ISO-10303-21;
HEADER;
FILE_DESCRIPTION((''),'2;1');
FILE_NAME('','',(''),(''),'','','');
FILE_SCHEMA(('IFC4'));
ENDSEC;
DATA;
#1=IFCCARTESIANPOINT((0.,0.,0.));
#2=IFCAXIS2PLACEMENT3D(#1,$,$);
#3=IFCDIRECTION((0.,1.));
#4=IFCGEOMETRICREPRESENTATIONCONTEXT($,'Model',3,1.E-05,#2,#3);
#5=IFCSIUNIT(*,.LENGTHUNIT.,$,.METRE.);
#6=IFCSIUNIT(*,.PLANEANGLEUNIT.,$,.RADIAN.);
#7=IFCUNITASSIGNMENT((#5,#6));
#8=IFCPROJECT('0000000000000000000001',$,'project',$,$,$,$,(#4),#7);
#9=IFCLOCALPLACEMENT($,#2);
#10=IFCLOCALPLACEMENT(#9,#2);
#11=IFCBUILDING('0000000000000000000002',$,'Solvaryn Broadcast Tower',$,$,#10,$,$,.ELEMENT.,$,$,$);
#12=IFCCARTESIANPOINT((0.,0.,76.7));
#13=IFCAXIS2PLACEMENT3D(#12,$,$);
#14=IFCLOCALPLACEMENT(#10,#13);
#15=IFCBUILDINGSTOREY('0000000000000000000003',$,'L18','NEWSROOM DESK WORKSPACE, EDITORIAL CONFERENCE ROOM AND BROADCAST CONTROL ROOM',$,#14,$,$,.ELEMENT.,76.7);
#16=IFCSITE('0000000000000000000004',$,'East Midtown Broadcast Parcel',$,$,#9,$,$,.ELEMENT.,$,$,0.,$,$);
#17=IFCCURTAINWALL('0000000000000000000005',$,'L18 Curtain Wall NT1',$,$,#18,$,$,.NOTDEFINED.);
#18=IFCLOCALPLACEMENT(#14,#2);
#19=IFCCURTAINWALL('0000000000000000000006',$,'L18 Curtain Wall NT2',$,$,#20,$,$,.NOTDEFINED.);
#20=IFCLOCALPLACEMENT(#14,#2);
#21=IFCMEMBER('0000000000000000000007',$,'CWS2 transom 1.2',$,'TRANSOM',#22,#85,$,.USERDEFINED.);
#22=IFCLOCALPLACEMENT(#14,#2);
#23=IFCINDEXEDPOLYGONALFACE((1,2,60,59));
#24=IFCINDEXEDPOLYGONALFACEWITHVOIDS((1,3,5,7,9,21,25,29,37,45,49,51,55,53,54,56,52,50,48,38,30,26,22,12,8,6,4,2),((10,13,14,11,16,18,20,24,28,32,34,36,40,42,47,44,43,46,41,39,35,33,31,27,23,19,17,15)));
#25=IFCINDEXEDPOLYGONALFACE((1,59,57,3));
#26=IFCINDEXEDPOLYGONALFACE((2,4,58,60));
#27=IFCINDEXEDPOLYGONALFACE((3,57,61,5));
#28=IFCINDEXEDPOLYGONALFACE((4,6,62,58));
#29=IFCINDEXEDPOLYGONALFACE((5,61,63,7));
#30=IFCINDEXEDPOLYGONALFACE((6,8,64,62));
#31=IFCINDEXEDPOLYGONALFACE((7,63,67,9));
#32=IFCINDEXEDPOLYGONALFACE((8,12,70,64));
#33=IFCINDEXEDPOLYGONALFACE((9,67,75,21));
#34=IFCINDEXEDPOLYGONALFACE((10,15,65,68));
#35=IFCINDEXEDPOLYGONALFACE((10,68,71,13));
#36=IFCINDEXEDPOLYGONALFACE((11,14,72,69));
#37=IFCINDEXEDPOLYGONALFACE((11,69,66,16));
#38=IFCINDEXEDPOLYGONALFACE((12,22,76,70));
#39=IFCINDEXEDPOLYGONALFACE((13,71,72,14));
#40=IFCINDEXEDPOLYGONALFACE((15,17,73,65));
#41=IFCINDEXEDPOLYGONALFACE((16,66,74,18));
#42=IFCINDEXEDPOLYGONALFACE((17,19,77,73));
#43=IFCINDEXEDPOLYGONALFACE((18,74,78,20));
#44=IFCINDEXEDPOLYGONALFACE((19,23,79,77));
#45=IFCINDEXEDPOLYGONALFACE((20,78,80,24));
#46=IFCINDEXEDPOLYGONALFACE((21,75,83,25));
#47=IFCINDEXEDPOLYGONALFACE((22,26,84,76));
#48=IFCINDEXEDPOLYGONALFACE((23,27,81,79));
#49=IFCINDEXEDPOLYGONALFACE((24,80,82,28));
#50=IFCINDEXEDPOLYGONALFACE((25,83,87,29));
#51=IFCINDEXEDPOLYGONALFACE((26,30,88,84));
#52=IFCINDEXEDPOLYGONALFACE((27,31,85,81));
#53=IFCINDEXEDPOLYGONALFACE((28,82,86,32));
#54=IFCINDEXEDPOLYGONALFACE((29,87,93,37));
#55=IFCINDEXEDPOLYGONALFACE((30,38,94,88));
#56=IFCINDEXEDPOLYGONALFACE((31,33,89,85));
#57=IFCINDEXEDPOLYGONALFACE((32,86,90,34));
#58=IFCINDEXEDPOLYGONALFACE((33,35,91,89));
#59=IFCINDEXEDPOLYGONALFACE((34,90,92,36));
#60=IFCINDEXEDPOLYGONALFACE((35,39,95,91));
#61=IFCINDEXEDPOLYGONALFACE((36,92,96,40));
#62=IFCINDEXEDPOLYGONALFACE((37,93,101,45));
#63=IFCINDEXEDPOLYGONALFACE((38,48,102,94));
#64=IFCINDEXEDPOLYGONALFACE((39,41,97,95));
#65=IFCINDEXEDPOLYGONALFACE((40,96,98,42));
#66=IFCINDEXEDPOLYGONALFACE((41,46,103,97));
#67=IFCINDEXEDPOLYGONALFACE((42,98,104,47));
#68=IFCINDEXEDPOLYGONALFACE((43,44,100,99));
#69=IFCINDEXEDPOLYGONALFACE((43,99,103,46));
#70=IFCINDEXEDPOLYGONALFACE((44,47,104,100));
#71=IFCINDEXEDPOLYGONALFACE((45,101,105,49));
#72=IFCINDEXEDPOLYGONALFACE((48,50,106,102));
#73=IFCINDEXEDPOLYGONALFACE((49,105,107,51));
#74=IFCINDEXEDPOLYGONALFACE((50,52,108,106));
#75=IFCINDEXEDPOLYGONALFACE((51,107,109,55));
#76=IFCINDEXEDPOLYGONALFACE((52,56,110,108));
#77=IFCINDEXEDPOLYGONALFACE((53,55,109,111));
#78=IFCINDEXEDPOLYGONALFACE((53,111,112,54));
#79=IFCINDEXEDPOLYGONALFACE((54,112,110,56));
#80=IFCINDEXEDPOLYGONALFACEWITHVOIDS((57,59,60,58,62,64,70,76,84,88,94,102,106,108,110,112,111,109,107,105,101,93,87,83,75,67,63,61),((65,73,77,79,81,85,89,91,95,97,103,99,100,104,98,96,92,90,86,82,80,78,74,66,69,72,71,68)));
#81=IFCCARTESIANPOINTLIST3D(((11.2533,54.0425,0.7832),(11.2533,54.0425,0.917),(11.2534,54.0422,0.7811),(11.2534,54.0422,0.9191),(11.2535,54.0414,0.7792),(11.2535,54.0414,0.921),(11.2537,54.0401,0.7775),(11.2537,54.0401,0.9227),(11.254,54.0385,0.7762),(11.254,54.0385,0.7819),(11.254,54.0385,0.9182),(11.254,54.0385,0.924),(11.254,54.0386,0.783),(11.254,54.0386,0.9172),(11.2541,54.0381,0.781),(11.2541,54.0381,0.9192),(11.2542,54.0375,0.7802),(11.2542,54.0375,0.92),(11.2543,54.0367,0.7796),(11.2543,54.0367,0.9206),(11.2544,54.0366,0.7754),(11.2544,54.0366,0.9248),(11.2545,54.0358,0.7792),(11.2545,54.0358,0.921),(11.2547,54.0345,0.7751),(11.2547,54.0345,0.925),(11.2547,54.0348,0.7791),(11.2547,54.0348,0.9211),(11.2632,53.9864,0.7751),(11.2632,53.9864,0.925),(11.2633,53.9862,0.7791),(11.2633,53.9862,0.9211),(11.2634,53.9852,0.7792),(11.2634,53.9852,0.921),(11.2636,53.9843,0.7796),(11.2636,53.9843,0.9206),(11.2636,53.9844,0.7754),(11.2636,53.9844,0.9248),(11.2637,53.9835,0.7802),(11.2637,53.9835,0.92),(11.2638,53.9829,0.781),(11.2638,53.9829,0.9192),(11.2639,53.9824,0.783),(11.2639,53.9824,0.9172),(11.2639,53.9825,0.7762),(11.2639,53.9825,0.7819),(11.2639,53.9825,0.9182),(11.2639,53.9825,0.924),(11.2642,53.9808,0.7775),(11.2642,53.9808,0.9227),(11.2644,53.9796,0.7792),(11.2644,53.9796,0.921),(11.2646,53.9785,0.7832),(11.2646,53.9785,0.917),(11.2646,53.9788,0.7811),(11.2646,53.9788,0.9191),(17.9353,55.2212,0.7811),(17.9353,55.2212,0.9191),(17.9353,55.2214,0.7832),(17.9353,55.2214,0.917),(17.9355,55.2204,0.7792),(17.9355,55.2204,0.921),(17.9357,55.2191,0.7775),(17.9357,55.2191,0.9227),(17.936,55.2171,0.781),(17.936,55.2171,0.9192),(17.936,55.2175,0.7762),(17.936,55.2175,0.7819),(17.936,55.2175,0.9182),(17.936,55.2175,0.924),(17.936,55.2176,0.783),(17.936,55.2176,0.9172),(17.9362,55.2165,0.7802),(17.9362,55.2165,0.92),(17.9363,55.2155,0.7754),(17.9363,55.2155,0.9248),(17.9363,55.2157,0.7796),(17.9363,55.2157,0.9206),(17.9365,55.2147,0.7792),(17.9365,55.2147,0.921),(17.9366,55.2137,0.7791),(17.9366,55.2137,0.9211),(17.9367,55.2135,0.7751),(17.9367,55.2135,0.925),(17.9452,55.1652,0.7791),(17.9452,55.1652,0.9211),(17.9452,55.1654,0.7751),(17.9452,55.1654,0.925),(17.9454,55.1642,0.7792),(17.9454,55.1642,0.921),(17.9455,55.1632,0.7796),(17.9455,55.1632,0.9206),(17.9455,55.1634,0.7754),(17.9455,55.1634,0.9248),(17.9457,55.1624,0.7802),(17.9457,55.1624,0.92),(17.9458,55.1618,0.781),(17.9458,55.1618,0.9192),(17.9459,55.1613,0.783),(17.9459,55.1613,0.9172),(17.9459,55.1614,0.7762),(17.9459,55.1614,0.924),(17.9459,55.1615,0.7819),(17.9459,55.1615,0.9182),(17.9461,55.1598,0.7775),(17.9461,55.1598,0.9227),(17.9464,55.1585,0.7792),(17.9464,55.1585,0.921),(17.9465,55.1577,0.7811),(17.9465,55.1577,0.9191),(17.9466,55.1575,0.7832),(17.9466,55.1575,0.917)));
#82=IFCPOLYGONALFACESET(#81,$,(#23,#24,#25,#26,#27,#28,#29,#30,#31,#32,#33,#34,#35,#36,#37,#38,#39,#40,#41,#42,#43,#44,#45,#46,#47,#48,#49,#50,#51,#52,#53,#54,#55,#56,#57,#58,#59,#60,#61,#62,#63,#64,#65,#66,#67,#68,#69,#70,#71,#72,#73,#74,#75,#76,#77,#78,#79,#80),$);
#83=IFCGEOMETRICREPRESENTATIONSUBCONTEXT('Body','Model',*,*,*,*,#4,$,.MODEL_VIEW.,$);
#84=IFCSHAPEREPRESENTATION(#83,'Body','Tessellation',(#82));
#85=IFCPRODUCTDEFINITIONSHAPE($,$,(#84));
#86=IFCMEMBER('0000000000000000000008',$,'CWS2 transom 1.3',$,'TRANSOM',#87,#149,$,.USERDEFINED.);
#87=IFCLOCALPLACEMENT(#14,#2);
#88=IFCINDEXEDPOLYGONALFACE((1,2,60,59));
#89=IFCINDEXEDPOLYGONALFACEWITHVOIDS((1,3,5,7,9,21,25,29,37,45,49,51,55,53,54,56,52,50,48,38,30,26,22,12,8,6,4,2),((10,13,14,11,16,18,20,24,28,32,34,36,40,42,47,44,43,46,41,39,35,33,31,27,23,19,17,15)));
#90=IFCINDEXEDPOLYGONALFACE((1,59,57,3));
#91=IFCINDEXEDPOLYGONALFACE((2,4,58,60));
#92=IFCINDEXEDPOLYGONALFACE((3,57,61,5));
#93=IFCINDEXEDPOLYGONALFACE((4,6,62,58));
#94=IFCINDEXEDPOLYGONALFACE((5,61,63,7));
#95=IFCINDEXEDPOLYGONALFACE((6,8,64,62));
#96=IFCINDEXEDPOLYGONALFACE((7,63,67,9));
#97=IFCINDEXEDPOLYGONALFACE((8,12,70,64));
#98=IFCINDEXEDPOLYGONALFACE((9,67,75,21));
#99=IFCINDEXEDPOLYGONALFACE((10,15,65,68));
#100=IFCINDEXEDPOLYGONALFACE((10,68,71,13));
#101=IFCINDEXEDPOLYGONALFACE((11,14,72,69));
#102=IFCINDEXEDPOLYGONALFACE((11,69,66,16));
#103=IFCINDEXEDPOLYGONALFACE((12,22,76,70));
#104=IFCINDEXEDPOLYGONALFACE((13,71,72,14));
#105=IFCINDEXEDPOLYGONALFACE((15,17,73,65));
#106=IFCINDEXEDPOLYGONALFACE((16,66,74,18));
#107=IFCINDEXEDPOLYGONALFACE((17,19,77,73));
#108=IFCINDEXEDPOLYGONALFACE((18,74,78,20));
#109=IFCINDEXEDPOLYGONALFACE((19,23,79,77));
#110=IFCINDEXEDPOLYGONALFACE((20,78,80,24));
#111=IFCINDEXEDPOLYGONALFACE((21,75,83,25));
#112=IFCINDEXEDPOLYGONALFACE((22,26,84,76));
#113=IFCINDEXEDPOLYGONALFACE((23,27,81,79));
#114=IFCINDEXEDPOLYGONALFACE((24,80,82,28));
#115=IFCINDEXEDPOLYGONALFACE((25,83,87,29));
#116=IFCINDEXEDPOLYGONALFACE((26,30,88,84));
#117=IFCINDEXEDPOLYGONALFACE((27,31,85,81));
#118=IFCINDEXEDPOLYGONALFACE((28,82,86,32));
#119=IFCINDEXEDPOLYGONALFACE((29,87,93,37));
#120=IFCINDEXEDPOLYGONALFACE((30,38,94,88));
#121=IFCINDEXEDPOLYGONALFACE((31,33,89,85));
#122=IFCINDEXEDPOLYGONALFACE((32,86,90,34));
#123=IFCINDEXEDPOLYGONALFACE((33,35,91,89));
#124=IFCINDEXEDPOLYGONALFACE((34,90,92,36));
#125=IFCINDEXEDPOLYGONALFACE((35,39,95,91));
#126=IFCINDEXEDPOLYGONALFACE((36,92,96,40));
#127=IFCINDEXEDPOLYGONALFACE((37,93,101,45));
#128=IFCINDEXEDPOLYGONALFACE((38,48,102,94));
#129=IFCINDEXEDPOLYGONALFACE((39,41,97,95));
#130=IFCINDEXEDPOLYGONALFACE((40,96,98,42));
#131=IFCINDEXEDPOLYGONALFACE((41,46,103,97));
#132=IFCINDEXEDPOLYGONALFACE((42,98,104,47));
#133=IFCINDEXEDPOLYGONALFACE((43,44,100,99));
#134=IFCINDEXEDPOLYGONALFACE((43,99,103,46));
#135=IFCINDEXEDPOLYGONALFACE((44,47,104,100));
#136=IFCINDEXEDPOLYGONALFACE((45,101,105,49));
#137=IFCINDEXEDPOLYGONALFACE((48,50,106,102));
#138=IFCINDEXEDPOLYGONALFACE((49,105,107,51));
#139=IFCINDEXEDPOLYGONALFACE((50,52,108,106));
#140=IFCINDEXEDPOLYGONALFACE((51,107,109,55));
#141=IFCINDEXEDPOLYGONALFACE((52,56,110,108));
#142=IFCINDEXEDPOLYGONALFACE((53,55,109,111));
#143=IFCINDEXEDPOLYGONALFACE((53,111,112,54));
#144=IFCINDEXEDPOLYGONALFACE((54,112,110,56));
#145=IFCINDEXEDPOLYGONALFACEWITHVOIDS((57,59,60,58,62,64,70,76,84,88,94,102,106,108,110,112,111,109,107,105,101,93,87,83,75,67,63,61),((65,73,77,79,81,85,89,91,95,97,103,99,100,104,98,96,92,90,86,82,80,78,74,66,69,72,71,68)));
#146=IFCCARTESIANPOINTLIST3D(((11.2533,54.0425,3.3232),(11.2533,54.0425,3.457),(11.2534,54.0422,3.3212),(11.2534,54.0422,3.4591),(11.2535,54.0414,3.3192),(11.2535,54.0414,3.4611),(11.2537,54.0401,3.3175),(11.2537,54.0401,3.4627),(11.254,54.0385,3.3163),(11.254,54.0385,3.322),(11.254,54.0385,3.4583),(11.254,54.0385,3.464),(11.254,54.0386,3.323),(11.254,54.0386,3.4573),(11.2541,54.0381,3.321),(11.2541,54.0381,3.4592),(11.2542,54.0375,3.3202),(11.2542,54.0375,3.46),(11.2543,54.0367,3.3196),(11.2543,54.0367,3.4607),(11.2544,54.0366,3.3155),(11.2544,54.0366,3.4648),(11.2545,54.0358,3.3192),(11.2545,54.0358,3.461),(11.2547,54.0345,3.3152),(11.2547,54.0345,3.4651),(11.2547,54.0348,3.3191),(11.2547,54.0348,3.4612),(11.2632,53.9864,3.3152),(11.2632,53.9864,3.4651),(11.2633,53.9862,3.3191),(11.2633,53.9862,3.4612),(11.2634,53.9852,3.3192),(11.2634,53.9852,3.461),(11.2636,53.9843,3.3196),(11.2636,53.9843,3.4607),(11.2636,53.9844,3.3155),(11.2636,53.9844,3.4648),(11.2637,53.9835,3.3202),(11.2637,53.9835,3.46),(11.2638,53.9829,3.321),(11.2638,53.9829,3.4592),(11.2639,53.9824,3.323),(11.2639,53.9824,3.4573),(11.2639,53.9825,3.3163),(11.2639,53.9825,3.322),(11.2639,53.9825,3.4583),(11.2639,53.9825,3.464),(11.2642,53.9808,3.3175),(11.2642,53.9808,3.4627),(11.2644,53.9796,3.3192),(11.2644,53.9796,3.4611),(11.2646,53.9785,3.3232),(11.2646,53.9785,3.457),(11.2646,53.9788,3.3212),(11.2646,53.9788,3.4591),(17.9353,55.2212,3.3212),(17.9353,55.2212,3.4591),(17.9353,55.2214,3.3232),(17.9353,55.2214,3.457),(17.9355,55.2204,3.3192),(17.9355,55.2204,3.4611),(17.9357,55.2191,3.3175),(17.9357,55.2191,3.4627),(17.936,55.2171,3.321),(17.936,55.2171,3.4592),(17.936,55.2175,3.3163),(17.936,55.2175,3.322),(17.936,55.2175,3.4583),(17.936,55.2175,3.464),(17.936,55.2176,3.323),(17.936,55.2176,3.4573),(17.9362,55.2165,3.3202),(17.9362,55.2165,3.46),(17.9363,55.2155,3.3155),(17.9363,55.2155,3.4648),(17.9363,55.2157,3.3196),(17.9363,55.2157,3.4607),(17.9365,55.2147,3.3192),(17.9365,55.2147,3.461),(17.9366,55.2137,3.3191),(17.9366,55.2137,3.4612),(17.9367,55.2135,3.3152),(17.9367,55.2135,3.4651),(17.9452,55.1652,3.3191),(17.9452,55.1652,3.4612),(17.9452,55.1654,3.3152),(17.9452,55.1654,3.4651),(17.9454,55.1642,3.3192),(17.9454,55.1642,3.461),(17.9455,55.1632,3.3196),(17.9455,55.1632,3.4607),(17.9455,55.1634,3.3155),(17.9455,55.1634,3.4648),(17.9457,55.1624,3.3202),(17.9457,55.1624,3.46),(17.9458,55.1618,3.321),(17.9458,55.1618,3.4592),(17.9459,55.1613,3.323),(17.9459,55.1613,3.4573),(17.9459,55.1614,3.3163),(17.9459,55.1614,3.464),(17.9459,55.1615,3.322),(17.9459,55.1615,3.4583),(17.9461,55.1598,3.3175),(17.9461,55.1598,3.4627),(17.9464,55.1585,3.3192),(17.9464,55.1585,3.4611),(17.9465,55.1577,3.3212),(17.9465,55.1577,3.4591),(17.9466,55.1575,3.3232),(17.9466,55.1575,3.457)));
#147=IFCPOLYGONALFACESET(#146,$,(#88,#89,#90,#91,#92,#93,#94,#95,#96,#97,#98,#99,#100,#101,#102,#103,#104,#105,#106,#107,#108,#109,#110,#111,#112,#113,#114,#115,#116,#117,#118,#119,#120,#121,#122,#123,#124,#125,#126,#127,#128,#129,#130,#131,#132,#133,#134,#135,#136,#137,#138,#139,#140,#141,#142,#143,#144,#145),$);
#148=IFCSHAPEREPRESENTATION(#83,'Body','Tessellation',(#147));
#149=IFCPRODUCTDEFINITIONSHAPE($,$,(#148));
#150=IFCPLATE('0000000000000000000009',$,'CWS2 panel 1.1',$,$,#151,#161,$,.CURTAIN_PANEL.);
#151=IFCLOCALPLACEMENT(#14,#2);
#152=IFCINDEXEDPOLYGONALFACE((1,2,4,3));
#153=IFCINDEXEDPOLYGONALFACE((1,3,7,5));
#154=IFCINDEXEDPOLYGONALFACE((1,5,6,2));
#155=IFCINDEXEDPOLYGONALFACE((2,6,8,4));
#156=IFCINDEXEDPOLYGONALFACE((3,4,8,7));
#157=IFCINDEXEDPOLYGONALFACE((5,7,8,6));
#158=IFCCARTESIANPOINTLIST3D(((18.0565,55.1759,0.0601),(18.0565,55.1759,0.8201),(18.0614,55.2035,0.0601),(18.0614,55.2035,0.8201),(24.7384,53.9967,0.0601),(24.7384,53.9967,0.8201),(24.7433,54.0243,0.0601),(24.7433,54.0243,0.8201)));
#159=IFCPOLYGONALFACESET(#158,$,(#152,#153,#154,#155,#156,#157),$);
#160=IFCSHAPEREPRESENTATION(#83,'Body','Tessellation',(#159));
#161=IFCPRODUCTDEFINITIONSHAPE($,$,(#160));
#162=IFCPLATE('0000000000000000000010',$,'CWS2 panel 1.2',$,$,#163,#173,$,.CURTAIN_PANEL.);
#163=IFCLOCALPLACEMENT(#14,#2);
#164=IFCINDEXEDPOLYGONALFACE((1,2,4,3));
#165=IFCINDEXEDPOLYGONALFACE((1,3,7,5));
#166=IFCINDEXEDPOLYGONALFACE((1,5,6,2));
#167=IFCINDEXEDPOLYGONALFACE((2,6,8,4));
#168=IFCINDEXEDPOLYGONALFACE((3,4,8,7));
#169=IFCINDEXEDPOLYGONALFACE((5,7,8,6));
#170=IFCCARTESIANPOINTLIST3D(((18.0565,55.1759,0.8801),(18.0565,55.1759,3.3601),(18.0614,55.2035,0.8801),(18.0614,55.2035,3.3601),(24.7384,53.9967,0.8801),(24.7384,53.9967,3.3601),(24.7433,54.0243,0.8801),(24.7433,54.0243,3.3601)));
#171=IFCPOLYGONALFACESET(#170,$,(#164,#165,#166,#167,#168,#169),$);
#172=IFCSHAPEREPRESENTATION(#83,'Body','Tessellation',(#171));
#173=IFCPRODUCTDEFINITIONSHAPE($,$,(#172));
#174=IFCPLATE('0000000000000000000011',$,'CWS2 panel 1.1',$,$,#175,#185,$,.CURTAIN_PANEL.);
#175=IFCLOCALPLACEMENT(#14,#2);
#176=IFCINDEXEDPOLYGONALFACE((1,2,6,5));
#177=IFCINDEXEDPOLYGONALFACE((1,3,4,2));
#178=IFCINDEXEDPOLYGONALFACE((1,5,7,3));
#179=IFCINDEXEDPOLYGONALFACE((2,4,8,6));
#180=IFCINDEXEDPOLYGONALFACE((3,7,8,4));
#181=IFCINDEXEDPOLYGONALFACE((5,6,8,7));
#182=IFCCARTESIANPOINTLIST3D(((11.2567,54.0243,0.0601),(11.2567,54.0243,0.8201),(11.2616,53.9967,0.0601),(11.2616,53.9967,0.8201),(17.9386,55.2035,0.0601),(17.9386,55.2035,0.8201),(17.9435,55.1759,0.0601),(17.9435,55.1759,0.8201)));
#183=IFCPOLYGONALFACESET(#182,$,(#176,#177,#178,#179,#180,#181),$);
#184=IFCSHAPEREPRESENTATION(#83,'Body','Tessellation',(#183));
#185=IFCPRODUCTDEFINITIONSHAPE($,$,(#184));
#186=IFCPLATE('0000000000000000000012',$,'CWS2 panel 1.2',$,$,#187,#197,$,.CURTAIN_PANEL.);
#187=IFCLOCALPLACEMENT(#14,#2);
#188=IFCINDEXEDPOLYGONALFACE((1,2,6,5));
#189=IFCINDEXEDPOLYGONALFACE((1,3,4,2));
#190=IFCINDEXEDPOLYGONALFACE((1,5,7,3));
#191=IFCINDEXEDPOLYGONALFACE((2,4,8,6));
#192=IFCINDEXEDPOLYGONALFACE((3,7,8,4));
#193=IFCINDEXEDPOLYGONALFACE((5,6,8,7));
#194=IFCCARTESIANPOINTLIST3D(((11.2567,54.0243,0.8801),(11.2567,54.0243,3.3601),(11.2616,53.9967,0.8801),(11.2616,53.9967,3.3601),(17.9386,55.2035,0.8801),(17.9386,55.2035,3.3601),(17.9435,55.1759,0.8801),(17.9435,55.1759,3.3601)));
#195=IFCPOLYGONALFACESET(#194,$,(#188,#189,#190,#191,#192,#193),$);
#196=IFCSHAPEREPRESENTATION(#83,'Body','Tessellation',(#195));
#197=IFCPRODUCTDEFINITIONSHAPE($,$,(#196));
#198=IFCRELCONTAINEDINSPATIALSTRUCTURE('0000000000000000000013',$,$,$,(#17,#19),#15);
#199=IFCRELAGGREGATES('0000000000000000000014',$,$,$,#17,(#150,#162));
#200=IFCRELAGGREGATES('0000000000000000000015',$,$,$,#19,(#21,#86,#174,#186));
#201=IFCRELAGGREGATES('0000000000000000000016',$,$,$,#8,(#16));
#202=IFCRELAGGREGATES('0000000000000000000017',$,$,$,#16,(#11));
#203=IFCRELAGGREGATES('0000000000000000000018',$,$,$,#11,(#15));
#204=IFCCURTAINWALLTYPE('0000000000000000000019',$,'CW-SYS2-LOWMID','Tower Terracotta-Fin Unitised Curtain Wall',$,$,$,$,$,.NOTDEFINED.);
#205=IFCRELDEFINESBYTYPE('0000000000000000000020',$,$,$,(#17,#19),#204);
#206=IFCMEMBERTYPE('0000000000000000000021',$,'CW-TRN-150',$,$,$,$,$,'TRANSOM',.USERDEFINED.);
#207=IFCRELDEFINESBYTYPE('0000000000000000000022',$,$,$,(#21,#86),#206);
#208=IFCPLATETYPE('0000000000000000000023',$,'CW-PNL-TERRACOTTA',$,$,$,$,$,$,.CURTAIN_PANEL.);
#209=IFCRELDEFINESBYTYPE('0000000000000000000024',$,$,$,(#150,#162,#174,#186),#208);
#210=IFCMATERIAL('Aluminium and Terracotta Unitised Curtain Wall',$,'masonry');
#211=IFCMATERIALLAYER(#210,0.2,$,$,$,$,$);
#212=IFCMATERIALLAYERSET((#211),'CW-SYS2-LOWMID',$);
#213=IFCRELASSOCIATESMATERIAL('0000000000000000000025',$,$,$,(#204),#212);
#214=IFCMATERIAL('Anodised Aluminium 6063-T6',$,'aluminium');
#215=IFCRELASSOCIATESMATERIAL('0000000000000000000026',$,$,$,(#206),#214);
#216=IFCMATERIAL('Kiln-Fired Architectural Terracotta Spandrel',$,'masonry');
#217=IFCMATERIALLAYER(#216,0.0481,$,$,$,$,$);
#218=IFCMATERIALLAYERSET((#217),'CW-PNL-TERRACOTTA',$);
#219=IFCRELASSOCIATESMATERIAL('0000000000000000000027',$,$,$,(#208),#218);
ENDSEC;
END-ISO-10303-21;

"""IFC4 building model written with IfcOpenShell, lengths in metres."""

from ifc_helpers import new_model, si_unit, direction, frame, origin, origin_2d, place, context, subcontext, project, spatial, rectangle, hollow_rectangle, extrude, material, layer, layer_set, material_profile, profile_set, type_object, element, aggregate, save


model = new_model("IFC4")

# Units and contexts
model_context = context("Model", 3, precision=1e-05, world=origin(), true_north=direction((0.0, 1.0)))
body_context = subcontext(model_context, "Body", "Model", "MODEL_VIEW")
ifc_project = project(units=[si_unit("LENGTHUNIT", "METRE"), si_unit("PLANEANGLEUNIT", "RADIAN")], contexts=[model_context])

# Site, building, storey
site_placement = place(None, origin())
site = spatial("IfcSite", under=ifc_project, at=site_placement, Name="East Midtown Broadcast Parcel", CompositionType="ELEMENT", RefElevation=0.0)
building_placement = place(site_placement, origin())
building = spatial("IfcBuilding", under=site, at=building_placement, Name="Solvaryn Broadcast Tower", CompositionType="ELEMENT")
storey_placement = place(building_placement, frame((0.0, 0.0, 76.7)))
storey = spatial("IfcBuildingStorey", under=building, at=storey_placement, Name="L18", Description="NEWSROOM DESK WORKSPACE, EDITORIAL CONFERENCE ROOM AND BROADCAST CONTROL ROOM", CompositionType="ELEMENT", Elevation=76.7)

# Curtain walls
ifc_material_1 = material(Name="Aluminium and Terracotta Unitised Curtain Wall", Category="masonry")
ifc_layer_1 = layer(ifc_material_1, 0.2)
ifc_layer_set_1 = layer_set([ifc_layer_1], Name="CW-SYS2-LOWMID")
curtain_wall_type = type_object("IfcCurtainWallType", Name="CW-SYS2-LOWMID", Description="Tower Terracotta-Fin Unitised Curtain Wall", PredefinedType="NOTDEFINED", material=ifc_layer_set_1)
curtain_wall_1_placement = place(storey_placement, origin())
curtain_wall_1 = element("IfcCurtainWall", 1, at=curtain_wall_1_placement, inside=storey, type_object=curtain_wall_type, Name="L18 Curtain Wall NT1", PredefinedType="NOTDEFINED")
curtain_wall_2_placement = place(storey_placement, origin())
curtain_wall_2 = element("IfcCurtainWall", 2, at=curtain_wall_2_placement, inside=storey, type_object=curtain_wall_type, Name="L18 Curtain Wall NT2", PredefinedType="NOTDEFINED")

# Members
ifc_material_2 = material(Name="Anodised Aluminium 6063-T6", Category="aluminium")
ifc_material_profile_1 = material_profile(ifc_material_2, hollow_rectangle(XDim=0.0649, YDim=0.1499, WallThickness=0.0039, InnerFilletRadius=0.0039, OuterFilletRadius=0.0081, at=origin_2d()))
ifc_profile_set_1 = profile_set([ifc_material_profile_1], Name="Anodised Aluminium 6063-T6")
member_type_1 = type_object("IfcMemberType", Name="CW-TRN-150", ElementType="TRANSOM", PredefinedType="USERDEFINED", material=ifc_profile_set_1)
member_1_placement = place(storey_placement, frame((17.9409, 55.1895, 0.8501), z_axis=(-0.984789, -0.173757, 0.0), x_axis=(0.173757, -0.984789, 0.0)))
member_1 = element("IfcMember", 3, at=member_1_placement, type_object=member_type_1, Name="CWS2 transom 1.2", ObjectType="TRANSOM", PredefinedType="USERDEFINED", context=body_context, shape_type="SweptSolid", body=[
    extrude(hollow_rectangle(XDim=0.0649, YDim=0.1499, WallThickness=0.0039, InnerFilletRadius=0.0039, OuterFilletRadius=0.0081, at=origin_2d()), origin(), (0.0, 0.0, 1.0), 6.7852),
])
member_2_placement = place(storey_placement, frame((17.9409, 55.1895, 3.3901), z_axis=(-0.984789, -0.173757, 0.0), x_axis=(0.173757, -0.984789, 0.0)))
member_2 = element("IfcMember", 4, at=member_2_placement, type_object=member_type_1, Name="CWS2 transom 1.3", ObjectType="TRANSOM", PredefinedType="USERDEFINED", context=body_context, shape_type="SweptSolid", body=[
    extrude(hollow_rectangle(XDim=0.0649, YDim=0.1499, WallThickness=0.0039, InnerFilletRadius=0.0039, OuterFilletRadius=0.0081, at=origin_2d()), origin(), (0.0, 0.0, 1.0), 6.7852),
])

# Plates
ifc_material_3 = material(Name="Kiln-Fired Architectural Terracotta Spandrel", Category="masonry")
ifc_layer_2 = layer(ifc_material_3, 0.0481)
ifc_layer_set_2 = layer_set([ifc_layer_2], Name="CW-PNL-TERRACOTTA")
plate_type = type_object("IfcPlateType", Name="CW-PNL-TERRACOTTA", PredefinedType="CURTAIN_PANEL", material=ifc_layer_set_2)
plate_1_placement = place(storey_placement, frame((21.3999, 54.6001, 0.0601), z_axis=(0.0, 0.0, 1.0), x_axis=(-0.984784, 0.173785, 0.0)))
plate_1 = element("IfcPlate", 5, at=plate_1_placement, type_object=plate_type, Name="CWS2 panel 1.1", PredefinedType="CURTAIN_PANEL", context=body_context, shape_type="SweptSolid", body=[
    extrude(rectangle(XDim=6.7852, YDim=0.0281, at=origin_2d()), origin(), (0.0, 0.0, 1.0), 0.76),
])
plate_2_placement = place(storey_placement, frame((21.3999, 54.6001, 0.8801), z_axis=(0.0, 0.0, 1.0), x_axis=(-0.984784, 0.173785, 0.0)))
plate_2 = element("IfcPlate", 6, at=plate_2_placement, type_object=plate_type, Name="CWS2 panel 1.2", PredefinedType="CURTAIN_PANEL", context=body_context, shape_type="SweptSolid", body=[
    extrude(rectangle(XDim=6.7852, YDim=0.0281, at=origin_2d()), origin(), (0.0, 0.0, 1.0), 2.48),
])
aggregate(curtain_wall_1, [plate_1, plate_2])
plate_3_placement = place(storey_placement, frame((14.6001, 54.6001, 0.0601), z_axis=(0.0, 0.0, 1.0), x_axis=(-0.984784, -0.173785, 0.0)))
plate_3 = element("IfcPlate", 7, at=plate_3_placement, type_object=plate_type, Name="CWS2 panel 1.1", PredefinedType="CURTAIN_PANEL", context=body_context, shape_type="SweptSolid", body=[
    extrude(rectangle(XDim=6.7852, YDim=0.0281, at=origin_2d()), origin(), (0.0, 0.0, 1.0), 0.76),
])
plate_4_placement = place(storey_placement, frame((14.6001, 54.6001, 0.8801), z_axis=(0.0, 0.0, 1.0), x_axis=(-0.984784, -0.173785, 0.0)))
plate_4 = element("IfcPlate", 8, at=plate_4_placement, type_object=plate_type, Name="CWS2 panel 1.2", PredefinedType="CURTAIN_PANEL", context=body_context, shape_type="SweptSolid", body=[
    extrude(rectangle(XDim=6.7852, YDim=0.0281, at=origin_2d()), origin(), (0.0, 0.0, 1.0), 2.48),
])
aggregate(curtain_wall_2, [member_1, member_2, plate_3, plate_4])

save(model, "model.ifc")
